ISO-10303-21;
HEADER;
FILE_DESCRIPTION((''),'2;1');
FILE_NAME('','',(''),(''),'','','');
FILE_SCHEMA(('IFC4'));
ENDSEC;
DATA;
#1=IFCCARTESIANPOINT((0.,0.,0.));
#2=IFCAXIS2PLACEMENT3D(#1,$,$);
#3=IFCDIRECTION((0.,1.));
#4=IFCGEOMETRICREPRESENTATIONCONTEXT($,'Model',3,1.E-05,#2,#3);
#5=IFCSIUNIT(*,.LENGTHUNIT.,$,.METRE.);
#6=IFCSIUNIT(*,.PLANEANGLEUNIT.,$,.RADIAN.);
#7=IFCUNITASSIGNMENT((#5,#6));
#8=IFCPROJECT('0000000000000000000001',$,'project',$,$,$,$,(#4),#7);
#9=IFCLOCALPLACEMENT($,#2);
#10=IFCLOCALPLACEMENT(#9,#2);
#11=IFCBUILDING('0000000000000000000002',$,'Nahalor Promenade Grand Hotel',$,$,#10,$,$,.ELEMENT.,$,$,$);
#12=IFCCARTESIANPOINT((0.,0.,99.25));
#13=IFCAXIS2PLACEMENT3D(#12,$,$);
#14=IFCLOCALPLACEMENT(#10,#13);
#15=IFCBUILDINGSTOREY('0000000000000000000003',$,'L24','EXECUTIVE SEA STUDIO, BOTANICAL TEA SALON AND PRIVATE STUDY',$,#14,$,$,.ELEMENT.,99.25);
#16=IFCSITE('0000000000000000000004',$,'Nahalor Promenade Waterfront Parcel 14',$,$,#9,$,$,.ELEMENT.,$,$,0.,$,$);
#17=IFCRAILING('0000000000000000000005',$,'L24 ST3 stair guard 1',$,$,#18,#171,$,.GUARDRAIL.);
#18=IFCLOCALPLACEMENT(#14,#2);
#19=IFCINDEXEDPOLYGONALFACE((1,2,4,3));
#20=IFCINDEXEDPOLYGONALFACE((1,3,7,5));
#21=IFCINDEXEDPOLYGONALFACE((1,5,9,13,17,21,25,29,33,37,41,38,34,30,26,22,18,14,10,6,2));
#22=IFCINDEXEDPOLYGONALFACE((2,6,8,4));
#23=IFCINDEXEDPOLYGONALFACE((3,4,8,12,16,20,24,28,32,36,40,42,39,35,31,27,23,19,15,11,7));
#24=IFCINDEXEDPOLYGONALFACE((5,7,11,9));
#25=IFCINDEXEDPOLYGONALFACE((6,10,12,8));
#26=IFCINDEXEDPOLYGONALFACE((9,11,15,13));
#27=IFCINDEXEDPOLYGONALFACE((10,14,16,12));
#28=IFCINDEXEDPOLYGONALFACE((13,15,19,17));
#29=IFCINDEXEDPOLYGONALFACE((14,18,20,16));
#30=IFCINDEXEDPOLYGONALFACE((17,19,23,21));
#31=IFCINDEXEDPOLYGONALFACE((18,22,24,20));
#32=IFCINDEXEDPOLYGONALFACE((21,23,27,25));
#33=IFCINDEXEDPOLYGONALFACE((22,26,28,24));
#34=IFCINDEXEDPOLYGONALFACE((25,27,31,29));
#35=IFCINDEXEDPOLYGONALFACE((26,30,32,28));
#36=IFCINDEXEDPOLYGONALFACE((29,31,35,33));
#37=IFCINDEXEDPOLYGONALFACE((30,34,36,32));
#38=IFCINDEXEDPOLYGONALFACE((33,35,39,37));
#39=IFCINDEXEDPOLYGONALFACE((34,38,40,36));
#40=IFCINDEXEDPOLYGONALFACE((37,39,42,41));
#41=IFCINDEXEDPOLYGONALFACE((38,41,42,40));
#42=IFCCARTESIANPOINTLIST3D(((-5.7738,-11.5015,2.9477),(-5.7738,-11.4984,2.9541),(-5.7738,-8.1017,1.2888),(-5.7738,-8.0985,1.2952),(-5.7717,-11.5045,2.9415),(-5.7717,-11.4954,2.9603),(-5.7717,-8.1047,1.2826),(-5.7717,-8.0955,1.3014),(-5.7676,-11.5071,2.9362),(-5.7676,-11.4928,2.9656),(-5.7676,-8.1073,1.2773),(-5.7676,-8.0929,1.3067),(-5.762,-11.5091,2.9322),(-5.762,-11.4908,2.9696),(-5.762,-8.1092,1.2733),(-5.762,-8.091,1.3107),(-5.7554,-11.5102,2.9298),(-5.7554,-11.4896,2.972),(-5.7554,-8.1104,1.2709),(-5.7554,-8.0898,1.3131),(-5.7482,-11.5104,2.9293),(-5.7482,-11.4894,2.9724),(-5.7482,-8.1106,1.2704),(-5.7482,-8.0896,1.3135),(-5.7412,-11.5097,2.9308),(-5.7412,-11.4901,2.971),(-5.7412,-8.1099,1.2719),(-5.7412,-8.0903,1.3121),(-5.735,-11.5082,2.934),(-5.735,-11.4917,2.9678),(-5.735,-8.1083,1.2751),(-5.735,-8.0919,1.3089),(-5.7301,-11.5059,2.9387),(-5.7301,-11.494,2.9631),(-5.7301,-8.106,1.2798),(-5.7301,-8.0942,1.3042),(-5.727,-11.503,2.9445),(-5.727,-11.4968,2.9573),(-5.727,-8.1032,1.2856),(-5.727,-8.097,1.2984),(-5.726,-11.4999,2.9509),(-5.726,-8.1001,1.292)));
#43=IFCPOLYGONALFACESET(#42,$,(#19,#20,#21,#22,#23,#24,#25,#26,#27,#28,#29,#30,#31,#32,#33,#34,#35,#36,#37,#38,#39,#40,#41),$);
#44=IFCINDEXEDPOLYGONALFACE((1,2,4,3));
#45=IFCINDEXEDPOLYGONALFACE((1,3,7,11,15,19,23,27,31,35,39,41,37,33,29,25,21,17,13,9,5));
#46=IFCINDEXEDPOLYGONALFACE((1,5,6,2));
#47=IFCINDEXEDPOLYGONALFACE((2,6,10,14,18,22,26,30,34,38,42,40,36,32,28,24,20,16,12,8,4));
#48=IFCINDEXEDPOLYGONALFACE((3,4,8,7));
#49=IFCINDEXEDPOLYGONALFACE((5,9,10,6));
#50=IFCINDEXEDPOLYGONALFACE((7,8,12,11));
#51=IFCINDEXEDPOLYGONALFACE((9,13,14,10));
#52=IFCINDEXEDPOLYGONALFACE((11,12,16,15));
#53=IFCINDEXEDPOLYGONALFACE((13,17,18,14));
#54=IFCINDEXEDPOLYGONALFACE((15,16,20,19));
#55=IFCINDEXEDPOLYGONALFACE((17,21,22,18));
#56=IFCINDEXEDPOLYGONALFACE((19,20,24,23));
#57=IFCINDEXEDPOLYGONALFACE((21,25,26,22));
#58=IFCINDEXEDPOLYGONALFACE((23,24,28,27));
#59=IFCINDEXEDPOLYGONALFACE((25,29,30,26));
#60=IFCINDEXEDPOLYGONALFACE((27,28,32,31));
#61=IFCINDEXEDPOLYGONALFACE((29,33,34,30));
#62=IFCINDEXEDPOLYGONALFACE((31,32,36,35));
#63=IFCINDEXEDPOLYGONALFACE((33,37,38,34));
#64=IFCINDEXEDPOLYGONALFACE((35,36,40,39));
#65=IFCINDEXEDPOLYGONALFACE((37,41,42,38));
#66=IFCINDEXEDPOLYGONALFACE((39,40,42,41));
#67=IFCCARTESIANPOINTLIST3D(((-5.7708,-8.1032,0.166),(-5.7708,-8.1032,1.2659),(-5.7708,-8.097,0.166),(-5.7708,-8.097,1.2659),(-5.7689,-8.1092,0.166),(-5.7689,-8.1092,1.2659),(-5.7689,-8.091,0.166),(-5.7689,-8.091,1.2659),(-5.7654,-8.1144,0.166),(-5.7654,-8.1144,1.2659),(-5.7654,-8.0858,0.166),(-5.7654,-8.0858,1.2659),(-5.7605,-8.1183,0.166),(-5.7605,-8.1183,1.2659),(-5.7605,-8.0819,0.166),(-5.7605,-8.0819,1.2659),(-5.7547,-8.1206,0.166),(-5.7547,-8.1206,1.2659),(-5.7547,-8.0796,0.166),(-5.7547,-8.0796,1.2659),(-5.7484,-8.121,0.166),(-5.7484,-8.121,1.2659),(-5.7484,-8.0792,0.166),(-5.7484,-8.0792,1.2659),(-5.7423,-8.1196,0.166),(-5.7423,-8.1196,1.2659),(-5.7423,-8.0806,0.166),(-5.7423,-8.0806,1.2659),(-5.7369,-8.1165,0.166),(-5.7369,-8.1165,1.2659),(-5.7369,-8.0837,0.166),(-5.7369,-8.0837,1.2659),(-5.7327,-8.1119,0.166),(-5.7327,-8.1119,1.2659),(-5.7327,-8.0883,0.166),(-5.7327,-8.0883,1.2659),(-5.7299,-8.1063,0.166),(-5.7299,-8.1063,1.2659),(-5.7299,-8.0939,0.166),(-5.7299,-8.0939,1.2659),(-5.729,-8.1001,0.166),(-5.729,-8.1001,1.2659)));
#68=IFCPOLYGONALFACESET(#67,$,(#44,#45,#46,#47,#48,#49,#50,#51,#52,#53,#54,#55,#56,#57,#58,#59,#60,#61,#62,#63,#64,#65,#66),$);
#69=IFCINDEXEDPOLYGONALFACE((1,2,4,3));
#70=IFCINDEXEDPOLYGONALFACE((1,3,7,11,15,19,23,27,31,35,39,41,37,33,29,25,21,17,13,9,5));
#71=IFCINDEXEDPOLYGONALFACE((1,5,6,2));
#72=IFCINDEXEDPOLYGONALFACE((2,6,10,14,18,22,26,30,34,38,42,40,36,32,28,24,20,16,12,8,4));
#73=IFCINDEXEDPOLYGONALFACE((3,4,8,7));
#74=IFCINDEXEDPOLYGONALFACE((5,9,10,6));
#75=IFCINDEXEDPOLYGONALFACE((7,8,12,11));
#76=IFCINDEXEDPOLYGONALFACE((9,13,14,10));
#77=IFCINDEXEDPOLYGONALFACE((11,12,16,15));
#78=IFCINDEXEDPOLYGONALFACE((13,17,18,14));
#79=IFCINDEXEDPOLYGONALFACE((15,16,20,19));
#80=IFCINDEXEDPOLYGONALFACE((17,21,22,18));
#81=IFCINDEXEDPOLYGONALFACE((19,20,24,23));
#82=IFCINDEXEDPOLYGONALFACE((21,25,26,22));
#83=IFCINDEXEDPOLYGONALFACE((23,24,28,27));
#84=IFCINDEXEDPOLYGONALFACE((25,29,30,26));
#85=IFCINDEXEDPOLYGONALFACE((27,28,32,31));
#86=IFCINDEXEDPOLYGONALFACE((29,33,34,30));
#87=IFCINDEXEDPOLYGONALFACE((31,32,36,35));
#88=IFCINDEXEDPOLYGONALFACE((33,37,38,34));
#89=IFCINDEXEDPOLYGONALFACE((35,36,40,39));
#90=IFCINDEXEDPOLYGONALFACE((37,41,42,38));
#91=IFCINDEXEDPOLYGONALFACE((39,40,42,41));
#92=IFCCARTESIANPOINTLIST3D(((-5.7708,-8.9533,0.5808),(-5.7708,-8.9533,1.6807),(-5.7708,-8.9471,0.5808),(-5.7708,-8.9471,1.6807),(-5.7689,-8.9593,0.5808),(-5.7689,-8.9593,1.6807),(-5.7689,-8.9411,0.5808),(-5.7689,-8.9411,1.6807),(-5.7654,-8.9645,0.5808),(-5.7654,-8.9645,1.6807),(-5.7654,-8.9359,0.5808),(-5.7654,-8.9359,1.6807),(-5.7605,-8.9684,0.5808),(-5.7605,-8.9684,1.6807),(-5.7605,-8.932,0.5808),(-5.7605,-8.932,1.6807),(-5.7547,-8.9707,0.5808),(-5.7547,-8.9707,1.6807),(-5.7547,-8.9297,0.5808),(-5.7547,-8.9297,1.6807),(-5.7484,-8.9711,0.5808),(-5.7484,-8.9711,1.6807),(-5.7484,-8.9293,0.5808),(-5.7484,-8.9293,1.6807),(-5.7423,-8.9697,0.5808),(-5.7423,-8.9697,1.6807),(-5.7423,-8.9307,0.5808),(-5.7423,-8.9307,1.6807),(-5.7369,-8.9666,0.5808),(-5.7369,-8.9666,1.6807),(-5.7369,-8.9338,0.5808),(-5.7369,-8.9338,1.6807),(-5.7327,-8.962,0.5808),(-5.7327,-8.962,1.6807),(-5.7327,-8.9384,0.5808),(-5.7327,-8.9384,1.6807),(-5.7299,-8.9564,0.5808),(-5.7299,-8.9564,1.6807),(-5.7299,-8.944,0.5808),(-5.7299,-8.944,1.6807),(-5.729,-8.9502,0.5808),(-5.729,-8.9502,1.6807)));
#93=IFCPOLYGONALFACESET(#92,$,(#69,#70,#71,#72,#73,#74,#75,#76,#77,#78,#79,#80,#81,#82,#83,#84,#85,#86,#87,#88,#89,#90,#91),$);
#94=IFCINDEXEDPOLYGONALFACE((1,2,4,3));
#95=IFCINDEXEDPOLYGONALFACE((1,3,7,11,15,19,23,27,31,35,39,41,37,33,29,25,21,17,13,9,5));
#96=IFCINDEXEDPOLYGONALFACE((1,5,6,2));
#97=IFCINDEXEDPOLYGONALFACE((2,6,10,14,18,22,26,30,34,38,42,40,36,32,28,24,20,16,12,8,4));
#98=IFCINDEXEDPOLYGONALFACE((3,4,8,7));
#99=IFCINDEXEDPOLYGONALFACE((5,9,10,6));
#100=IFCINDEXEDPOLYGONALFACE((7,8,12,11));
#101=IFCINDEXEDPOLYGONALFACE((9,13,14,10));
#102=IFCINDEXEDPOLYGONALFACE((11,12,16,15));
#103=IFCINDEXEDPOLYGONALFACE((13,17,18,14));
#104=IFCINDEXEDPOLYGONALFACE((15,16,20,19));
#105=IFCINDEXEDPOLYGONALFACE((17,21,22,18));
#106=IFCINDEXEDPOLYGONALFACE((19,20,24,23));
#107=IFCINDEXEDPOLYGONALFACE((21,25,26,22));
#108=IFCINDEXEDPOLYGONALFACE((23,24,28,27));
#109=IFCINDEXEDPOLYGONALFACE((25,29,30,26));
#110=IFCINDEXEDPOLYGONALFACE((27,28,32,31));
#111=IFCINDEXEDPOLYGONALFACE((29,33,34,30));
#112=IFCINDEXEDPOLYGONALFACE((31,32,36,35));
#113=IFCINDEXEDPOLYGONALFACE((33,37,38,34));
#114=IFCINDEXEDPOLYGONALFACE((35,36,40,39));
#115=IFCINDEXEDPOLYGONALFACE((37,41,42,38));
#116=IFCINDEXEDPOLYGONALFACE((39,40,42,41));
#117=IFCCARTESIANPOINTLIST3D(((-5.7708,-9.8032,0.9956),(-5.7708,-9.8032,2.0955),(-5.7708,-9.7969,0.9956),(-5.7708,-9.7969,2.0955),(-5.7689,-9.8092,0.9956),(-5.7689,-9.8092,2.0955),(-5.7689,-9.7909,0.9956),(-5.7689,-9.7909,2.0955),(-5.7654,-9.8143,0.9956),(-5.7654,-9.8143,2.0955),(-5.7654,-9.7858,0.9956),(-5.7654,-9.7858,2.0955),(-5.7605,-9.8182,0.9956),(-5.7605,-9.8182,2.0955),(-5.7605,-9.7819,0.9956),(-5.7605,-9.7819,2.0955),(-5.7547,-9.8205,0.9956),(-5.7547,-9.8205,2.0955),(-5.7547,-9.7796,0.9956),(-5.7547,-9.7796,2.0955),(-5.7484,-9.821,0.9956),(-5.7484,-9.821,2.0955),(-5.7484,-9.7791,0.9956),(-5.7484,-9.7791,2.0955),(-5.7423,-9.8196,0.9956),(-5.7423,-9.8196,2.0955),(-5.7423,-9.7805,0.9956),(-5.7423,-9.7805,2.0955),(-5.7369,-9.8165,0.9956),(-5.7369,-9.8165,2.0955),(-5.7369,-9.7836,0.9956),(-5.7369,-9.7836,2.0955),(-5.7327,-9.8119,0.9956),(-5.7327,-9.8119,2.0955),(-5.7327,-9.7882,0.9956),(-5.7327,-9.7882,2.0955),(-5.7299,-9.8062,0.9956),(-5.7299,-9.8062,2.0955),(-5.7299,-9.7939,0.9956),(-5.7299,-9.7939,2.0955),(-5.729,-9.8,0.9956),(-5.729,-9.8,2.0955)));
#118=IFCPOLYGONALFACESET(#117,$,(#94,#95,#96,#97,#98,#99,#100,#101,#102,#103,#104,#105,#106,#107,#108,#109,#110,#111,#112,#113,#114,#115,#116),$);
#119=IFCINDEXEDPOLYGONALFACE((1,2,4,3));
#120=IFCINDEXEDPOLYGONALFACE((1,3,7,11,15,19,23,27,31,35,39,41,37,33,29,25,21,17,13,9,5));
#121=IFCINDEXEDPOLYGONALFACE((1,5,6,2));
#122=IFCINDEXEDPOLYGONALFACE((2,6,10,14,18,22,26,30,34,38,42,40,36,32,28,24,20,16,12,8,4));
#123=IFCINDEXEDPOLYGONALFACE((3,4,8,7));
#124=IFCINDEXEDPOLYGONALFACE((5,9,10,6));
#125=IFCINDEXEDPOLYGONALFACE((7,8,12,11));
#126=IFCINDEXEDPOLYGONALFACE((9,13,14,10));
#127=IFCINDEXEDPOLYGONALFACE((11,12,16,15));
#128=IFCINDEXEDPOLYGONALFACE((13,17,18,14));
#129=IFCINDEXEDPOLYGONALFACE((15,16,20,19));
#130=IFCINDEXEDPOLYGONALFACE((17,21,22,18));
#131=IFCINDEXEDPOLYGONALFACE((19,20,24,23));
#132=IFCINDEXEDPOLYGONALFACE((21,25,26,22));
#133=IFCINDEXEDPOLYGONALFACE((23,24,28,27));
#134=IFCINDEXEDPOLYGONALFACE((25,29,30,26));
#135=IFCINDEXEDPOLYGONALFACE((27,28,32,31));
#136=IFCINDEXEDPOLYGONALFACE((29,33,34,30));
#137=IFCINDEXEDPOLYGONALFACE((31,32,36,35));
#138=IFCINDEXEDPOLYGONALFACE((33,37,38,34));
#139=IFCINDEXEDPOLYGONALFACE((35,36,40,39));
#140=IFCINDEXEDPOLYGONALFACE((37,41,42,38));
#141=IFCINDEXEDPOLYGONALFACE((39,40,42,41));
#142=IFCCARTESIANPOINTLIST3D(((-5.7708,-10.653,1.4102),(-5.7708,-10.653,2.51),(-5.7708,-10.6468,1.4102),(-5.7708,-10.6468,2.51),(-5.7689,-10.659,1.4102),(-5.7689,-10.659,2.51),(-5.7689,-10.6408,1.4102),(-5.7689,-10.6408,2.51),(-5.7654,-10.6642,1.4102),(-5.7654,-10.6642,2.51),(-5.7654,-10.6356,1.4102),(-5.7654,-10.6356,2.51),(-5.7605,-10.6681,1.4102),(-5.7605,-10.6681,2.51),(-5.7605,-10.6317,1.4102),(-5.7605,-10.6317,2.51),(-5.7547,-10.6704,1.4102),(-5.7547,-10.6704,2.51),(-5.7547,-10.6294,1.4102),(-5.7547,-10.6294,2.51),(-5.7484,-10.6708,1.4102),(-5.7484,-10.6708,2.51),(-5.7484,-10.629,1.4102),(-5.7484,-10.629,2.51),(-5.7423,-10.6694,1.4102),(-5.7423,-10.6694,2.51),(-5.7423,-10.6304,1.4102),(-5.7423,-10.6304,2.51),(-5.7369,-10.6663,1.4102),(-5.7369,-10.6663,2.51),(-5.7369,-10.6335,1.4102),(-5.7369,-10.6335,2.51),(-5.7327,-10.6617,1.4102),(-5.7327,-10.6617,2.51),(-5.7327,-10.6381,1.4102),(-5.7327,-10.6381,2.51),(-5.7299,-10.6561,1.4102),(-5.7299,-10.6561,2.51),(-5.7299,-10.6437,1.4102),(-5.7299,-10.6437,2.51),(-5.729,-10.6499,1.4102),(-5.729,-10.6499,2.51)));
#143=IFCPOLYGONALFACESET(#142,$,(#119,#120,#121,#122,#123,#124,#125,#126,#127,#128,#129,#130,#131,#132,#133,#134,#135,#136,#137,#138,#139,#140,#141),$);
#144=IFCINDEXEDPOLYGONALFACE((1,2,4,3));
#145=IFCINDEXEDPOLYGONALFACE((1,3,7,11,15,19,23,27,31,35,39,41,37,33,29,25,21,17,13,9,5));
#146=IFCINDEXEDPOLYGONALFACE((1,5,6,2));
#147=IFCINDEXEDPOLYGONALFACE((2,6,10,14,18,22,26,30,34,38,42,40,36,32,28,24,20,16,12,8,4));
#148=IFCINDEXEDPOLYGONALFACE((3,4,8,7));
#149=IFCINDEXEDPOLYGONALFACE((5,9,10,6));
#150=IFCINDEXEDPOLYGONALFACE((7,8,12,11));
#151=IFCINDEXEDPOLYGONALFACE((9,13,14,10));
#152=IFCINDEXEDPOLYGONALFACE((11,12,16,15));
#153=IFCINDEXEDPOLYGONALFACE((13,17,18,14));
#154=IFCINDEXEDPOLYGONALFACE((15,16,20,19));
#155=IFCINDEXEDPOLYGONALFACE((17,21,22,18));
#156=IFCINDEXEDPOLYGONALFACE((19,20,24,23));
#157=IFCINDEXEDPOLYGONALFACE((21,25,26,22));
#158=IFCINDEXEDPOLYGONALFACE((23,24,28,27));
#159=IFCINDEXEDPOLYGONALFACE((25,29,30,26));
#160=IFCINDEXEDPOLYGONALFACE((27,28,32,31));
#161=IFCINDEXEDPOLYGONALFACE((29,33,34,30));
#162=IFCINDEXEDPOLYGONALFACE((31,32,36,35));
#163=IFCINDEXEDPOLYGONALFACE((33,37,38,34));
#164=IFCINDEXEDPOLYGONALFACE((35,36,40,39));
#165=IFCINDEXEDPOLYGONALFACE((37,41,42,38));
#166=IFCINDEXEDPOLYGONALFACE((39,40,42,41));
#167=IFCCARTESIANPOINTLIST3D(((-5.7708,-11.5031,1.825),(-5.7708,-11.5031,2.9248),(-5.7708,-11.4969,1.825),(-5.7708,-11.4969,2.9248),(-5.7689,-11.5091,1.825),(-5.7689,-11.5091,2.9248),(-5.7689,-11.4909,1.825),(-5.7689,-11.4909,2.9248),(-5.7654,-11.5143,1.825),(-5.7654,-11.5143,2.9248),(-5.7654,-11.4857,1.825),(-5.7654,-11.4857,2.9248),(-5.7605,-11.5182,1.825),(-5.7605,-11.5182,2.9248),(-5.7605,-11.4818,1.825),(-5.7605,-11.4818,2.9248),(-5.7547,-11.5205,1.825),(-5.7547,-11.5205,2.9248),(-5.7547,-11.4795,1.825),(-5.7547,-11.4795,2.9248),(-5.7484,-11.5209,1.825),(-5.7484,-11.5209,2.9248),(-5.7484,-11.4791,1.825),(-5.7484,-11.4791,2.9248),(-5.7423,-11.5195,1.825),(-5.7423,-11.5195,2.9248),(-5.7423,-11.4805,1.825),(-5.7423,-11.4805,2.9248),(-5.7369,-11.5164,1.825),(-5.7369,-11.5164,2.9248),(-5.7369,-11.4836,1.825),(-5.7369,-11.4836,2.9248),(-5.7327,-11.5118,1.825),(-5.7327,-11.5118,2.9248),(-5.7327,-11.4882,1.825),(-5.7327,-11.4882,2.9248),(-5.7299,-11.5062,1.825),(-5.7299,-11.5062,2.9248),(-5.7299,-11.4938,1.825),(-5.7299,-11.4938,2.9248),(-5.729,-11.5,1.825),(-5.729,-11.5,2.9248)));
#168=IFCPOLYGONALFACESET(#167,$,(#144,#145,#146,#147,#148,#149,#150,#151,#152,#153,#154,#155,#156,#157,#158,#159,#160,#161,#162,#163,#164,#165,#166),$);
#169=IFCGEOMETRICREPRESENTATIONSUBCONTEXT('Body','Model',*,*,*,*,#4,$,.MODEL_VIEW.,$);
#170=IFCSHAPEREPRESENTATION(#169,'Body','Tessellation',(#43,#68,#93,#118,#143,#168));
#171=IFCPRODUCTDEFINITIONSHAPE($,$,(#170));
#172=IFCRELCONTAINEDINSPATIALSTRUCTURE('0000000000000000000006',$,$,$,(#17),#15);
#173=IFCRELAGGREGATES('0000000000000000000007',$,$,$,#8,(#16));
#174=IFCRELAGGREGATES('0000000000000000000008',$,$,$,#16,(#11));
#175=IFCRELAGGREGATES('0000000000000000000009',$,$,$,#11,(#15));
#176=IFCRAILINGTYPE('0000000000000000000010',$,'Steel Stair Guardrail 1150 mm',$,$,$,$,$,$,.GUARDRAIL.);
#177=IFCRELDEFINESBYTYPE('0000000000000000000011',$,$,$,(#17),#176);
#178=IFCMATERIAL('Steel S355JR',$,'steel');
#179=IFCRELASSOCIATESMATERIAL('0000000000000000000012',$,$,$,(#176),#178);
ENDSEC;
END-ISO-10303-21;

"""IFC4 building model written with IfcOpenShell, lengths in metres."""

from ifc_helpers import new_model, si_unit, direction, frame, origin, origin_2d, place, context, subcontext, project, spatial, circle, extrude, material, type_object, element, save


model = new_model("IFC4")

# Units and contexts
model_context = context("Model", 3, precision=1e-05, world=origin(), true_north=direction((0.0, 1.0)))
body_context = subcontext(model_context, "Body", "Model", "MODEL_VIEW")
ifc_project = project(units=[si_unit("LENGTHUNIT", "METRE"), si_unit("PLANEANGLEUNIT", "RADIAN")], contexts=[model_context])

# Site, building, storey
site_placement = place(None, origin())
site = spatial("IfcSite", under=ifc_project, at=site_placement, Name="Nahalor Promenade Waterfront Parcel 14", CompositionType="ELEMENT", RefElevation=0.0)
building_placement = place(site_placement, origin())
building = spatial("IfcBuilding", under=site, at=building_placement, Name="Nahalor Promenade Grand Hotel", CompositionType="ELEMENT")
storey_placement = place(building_placement, frame((0.0, 0.0, 99.25)))
storey = spatial("IfcBuildingStorey", under=building, at=storey_placement, Name="L24", Description="EXECUTIVE SEA STUDIO, BOTANICAL TEA SALON AND PRIVATE STUDY", CompositionType="ELEMENT", Elevation=99.25)

# Shared definitions
ifc_material_1 = material(Name="Steel S355JR", Category="steel")

# Railing
railing_type_1 = type_object("IfcRailingType", Name="Steel Stair Guardrail 1150 mm", PredefinedType="GUARDRAIL", material=ifc_material_1)
railing_1_placement = place(storey_placement, frame((-5.75, -8.1001, 0.166)))
element("IfcRailing", 1, at=railing_1_placement, inside=storey, type_object=railing_type_1, Name="L24 ST3 stair guard 1", PredefinedType="GUARDRAIL", context=body_context, shape_type="SweptSolid", body=[
    extrude(circle(Radius=0.024, at=origin_2d()), frame((0.0, 0.0, 1.126), z_axis=(0.0, -0.898722, 0.438519), x_axis=(1.0, 0.0, 0.0)), (0.0, 0.0, 1.0), 3.783),
    extrude(circle(Radius=0.021, at=origin_2d()), origin(), (0.0, 0.0, 1.0), 1.0999),
    extrude(circle(Radius=0.021, at=origin_2d()), frame((0.0, -0.8501, 0.4148)), (0.0, 0.0, 1.0), 1.0999),
    extrude(circle(Radius=0.021, at=origin_2d()), frame((0.0, -1.7, 0.8296)), (0.0, 0.0, 1.0), 1.0999),
    extrude(circle(Radius=0.021, at=origin_2d()), frame((0.0, -2.5498, 1.2441)), (0.0, 0.0, 1.0), 1.0999),
    extrude(circle(Radius=0.021, at=origin_2d()), frame((0.0, -3.3999, 1.6589)), (0.0, 0.0, 1.0), 1.0999),
])

save(model, "model.ifc")
